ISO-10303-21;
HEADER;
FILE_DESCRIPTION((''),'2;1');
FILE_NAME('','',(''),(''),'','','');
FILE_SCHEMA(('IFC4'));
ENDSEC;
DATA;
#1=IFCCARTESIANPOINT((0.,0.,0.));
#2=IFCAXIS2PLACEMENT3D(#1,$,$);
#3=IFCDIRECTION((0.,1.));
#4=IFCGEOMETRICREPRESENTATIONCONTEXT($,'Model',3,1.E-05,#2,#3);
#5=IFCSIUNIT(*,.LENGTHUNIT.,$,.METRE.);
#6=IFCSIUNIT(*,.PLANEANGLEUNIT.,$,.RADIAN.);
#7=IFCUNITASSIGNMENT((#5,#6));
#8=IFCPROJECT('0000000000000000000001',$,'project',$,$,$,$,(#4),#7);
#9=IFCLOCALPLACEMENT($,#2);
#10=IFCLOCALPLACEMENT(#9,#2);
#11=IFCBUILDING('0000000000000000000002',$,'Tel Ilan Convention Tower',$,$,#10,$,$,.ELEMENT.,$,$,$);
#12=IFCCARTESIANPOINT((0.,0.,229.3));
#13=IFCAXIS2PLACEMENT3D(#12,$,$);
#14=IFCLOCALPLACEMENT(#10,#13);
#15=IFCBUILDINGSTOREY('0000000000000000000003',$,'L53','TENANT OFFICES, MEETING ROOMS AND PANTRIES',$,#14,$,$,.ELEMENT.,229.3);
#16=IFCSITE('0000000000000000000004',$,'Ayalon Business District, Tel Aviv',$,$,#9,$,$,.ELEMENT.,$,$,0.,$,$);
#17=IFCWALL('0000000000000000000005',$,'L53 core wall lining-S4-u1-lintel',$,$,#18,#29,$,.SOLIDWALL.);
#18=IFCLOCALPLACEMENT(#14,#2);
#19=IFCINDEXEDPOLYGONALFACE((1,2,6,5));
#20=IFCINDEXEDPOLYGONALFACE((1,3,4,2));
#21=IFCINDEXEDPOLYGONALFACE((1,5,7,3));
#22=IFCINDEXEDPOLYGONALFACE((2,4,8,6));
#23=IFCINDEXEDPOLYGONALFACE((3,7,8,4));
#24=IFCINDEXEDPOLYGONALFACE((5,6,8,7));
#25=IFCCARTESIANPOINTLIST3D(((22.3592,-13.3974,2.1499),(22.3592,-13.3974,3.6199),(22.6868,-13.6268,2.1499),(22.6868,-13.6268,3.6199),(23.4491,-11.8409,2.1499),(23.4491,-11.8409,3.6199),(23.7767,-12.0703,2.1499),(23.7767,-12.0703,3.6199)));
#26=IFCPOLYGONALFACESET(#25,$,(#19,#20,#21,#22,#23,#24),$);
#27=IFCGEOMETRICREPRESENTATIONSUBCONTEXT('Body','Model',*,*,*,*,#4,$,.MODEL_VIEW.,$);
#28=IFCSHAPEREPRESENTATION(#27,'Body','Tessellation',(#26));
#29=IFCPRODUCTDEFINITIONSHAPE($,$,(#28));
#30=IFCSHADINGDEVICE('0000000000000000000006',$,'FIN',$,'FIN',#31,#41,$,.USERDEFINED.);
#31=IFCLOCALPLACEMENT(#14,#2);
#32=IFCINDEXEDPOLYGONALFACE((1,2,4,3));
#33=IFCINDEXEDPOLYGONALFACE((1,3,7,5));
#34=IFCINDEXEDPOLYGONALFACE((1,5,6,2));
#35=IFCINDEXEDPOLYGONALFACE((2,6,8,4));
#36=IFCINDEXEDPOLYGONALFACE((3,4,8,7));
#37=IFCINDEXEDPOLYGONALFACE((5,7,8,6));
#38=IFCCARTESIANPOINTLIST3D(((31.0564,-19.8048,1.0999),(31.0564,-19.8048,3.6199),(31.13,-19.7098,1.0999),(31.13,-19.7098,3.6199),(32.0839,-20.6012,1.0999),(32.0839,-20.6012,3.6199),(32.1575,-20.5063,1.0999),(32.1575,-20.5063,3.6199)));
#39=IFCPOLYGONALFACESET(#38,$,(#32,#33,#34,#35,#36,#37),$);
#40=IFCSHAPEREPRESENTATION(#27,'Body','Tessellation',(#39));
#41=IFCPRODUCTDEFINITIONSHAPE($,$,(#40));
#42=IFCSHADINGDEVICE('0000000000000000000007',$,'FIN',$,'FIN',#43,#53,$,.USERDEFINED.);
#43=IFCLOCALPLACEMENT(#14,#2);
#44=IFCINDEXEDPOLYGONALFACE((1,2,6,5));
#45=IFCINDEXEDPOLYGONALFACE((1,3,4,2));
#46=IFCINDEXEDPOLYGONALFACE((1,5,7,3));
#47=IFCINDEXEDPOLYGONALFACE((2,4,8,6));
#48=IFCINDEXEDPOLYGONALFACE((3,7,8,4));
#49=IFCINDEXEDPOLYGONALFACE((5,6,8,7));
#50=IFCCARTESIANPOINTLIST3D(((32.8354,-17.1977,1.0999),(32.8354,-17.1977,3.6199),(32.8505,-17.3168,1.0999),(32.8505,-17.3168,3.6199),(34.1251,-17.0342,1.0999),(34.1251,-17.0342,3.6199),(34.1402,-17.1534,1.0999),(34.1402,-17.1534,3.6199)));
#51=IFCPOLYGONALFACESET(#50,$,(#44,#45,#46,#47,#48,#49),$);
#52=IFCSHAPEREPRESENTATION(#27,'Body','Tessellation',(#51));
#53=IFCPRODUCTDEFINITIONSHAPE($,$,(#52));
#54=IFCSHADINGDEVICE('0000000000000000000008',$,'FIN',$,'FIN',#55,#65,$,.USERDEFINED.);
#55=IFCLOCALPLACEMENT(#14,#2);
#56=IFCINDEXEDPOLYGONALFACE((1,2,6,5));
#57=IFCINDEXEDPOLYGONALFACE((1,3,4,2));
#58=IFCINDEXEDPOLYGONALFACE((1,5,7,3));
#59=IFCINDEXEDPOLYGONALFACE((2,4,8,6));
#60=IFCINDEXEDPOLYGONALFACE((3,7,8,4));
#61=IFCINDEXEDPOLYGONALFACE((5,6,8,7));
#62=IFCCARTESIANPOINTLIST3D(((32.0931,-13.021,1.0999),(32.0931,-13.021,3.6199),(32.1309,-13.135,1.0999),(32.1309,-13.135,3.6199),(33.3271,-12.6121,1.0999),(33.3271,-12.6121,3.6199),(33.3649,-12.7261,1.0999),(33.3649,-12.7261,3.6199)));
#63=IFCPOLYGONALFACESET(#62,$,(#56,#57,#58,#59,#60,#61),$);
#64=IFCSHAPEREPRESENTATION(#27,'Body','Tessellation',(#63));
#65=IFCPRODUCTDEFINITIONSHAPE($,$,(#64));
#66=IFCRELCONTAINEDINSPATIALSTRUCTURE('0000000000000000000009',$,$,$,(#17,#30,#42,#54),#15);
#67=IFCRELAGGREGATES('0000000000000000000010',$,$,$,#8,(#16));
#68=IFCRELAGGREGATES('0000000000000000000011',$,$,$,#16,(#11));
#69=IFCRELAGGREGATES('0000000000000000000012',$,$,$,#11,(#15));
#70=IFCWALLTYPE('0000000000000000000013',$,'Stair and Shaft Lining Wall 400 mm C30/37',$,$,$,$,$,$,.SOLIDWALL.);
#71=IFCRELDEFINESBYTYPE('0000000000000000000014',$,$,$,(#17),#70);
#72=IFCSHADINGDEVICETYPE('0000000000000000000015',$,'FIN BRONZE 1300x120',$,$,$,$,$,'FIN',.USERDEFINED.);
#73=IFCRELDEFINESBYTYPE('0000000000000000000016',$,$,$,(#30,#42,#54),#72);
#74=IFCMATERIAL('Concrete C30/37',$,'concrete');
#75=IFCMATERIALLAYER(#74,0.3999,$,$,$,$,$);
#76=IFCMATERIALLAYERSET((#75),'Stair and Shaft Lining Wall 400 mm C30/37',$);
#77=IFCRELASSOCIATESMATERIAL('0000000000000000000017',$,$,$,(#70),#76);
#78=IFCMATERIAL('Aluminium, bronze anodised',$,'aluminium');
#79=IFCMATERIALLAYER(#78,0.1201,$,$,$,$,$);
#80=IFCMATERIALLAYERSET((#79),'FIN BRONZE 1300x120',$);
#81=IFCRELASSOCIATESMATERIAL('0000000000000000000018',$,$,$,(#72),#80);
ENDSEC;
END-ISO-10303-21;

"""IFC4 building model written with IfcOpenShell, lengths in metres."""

from ifc_helpers import new_model, si_unit, direction, frame, frame_2d, origin, origin_2d, place, context, subcontext, project, spatial, rectangle, extrude, material, layer, layer_set, type_object, element, save


model = new_model("IFC4")

# Units and contexts
model_context = context("Model", 3, precision=1e-05, world=origin(), true_north=direction((0.0, 1.0)))
body_context = subcontext(model_context, "Body", "Model", "MODEL_VIEW")
ifc_project = project(units=[si_unit("LENGTHUNIT", "METRE"), si_unit("PLANEANGLEUNIT", "RADIAN")], contexts=[model_context])

# Site, building, storey
site_placement = place(None, origin())
site = spatial("IfcSite", under=ifc_project, at=site_placement, Name="Ayalon Business District, Tel Aviv", CompositionType="ELEMENT", RefElevation=0.0)
building_placement = place(site_placement, origin())
building = spatial("IfcBuilding", under=site, at=building_placement, Name="Tel Ilan Convention Tower", CompositionType="ELEMENT")
storey_placement = place(building_placement, frame((0.0, 0.0, 229.3)))
storey = spatial("IfcBuildingStorey", under=building, at=storey_placement, Name="L53", Description="TENANT OFFICES, MEETING ROOMS AND PANTRIES", CompositionType="ELEMENT", Elevation=229.3)

# Wall
ifc_material_1 = material(Name="Concrete C30/37", Category="concrete")
ifc_layer_1 = layer(ifc_material_1, 0.3999)
ifc_layer_set_1 = layer_set([ifc_layer_1], Name="Stair and Shaft Lining Wall 400 mm C30/37")
wall_type_1 = type_object("IfcWallType", Name="Stair and Shaft Lining Wall 400 mm C30/37", PredefinedType="SOLIDWALL", material=ifc_layer_set_1)
wall_1_placement = place(storey_placement, frame((22.5229, -13.5122, 2.1499), z_axis=(0.0, 0.0, 1.0), x_axis=(0.573592, 0.819141, 0.0)))
element("IfcWall", 1, at=wall_1_placement, inside=storey, type_object=wall_type_1, Name="L53 core wall lining-S4-u1-lintel", PredefinedType="SOLIDWALL", context=body_context, shape_type="SweptSolid", body=[
    extrude(rectangle(XDim=1.9001, YDim=0.3999, at=frame_2d((0.9502, 0.0))), origin(), (0.0, 0.0, 1.0), 1.47),
])

# Shading devices
ifc_material_2 = material(Name="Aluminium, bronze anodised", Category="aluminium")
ifc_layer_2 = layer(ifc_material_2, 0.1201)
ifc_layer_set_2 = layer_set([ifc_layer_2], Name="FIN BRONZE 1300x120")
shading_device_type = type_object("IfcShadingDeviceType", Name="FIN BRONZE 1300x120", ElementType="FIN", PredefinedType="USERDEFINED", material=ifc_layer_set_2)
for number, where, z_axis, x_axis, name in (
    (2, (31.6069, -20.1555, 1.0999), (0.0, 0.0, 1.0), (0.790393, -0.612601, 0.0), "FIN"),
    (3, (33.4878, -17.1755, 1.0999), (0.0, 0.0, 1.0), (0.992066, 0.125718, 0.0), "FIN"),
    (4, (32.729, -12.8735, 1.0999), (0.0, 0.0, 1.0), (0.949243, 0.314545, 0.0), "FIN"),
):
    element("IfcShadingDevice", number, at=place(storey_placement, frame(where, z_axis=z_axis, x_axis=x_axis)), inside=storey, type_object=shading_device_type, Name=name, ObjectType="FIN", PredefinedType="USERDEFINED", context=body_context, shape_type="SweptSolid", body=[
        extrude(rectangle(XDim=1.3, YDim=0.1201, at=origin_2d()), origin(), (0.0, 0.0, 1.0), 2.52),
    ])

save(model, "model.ifc")
